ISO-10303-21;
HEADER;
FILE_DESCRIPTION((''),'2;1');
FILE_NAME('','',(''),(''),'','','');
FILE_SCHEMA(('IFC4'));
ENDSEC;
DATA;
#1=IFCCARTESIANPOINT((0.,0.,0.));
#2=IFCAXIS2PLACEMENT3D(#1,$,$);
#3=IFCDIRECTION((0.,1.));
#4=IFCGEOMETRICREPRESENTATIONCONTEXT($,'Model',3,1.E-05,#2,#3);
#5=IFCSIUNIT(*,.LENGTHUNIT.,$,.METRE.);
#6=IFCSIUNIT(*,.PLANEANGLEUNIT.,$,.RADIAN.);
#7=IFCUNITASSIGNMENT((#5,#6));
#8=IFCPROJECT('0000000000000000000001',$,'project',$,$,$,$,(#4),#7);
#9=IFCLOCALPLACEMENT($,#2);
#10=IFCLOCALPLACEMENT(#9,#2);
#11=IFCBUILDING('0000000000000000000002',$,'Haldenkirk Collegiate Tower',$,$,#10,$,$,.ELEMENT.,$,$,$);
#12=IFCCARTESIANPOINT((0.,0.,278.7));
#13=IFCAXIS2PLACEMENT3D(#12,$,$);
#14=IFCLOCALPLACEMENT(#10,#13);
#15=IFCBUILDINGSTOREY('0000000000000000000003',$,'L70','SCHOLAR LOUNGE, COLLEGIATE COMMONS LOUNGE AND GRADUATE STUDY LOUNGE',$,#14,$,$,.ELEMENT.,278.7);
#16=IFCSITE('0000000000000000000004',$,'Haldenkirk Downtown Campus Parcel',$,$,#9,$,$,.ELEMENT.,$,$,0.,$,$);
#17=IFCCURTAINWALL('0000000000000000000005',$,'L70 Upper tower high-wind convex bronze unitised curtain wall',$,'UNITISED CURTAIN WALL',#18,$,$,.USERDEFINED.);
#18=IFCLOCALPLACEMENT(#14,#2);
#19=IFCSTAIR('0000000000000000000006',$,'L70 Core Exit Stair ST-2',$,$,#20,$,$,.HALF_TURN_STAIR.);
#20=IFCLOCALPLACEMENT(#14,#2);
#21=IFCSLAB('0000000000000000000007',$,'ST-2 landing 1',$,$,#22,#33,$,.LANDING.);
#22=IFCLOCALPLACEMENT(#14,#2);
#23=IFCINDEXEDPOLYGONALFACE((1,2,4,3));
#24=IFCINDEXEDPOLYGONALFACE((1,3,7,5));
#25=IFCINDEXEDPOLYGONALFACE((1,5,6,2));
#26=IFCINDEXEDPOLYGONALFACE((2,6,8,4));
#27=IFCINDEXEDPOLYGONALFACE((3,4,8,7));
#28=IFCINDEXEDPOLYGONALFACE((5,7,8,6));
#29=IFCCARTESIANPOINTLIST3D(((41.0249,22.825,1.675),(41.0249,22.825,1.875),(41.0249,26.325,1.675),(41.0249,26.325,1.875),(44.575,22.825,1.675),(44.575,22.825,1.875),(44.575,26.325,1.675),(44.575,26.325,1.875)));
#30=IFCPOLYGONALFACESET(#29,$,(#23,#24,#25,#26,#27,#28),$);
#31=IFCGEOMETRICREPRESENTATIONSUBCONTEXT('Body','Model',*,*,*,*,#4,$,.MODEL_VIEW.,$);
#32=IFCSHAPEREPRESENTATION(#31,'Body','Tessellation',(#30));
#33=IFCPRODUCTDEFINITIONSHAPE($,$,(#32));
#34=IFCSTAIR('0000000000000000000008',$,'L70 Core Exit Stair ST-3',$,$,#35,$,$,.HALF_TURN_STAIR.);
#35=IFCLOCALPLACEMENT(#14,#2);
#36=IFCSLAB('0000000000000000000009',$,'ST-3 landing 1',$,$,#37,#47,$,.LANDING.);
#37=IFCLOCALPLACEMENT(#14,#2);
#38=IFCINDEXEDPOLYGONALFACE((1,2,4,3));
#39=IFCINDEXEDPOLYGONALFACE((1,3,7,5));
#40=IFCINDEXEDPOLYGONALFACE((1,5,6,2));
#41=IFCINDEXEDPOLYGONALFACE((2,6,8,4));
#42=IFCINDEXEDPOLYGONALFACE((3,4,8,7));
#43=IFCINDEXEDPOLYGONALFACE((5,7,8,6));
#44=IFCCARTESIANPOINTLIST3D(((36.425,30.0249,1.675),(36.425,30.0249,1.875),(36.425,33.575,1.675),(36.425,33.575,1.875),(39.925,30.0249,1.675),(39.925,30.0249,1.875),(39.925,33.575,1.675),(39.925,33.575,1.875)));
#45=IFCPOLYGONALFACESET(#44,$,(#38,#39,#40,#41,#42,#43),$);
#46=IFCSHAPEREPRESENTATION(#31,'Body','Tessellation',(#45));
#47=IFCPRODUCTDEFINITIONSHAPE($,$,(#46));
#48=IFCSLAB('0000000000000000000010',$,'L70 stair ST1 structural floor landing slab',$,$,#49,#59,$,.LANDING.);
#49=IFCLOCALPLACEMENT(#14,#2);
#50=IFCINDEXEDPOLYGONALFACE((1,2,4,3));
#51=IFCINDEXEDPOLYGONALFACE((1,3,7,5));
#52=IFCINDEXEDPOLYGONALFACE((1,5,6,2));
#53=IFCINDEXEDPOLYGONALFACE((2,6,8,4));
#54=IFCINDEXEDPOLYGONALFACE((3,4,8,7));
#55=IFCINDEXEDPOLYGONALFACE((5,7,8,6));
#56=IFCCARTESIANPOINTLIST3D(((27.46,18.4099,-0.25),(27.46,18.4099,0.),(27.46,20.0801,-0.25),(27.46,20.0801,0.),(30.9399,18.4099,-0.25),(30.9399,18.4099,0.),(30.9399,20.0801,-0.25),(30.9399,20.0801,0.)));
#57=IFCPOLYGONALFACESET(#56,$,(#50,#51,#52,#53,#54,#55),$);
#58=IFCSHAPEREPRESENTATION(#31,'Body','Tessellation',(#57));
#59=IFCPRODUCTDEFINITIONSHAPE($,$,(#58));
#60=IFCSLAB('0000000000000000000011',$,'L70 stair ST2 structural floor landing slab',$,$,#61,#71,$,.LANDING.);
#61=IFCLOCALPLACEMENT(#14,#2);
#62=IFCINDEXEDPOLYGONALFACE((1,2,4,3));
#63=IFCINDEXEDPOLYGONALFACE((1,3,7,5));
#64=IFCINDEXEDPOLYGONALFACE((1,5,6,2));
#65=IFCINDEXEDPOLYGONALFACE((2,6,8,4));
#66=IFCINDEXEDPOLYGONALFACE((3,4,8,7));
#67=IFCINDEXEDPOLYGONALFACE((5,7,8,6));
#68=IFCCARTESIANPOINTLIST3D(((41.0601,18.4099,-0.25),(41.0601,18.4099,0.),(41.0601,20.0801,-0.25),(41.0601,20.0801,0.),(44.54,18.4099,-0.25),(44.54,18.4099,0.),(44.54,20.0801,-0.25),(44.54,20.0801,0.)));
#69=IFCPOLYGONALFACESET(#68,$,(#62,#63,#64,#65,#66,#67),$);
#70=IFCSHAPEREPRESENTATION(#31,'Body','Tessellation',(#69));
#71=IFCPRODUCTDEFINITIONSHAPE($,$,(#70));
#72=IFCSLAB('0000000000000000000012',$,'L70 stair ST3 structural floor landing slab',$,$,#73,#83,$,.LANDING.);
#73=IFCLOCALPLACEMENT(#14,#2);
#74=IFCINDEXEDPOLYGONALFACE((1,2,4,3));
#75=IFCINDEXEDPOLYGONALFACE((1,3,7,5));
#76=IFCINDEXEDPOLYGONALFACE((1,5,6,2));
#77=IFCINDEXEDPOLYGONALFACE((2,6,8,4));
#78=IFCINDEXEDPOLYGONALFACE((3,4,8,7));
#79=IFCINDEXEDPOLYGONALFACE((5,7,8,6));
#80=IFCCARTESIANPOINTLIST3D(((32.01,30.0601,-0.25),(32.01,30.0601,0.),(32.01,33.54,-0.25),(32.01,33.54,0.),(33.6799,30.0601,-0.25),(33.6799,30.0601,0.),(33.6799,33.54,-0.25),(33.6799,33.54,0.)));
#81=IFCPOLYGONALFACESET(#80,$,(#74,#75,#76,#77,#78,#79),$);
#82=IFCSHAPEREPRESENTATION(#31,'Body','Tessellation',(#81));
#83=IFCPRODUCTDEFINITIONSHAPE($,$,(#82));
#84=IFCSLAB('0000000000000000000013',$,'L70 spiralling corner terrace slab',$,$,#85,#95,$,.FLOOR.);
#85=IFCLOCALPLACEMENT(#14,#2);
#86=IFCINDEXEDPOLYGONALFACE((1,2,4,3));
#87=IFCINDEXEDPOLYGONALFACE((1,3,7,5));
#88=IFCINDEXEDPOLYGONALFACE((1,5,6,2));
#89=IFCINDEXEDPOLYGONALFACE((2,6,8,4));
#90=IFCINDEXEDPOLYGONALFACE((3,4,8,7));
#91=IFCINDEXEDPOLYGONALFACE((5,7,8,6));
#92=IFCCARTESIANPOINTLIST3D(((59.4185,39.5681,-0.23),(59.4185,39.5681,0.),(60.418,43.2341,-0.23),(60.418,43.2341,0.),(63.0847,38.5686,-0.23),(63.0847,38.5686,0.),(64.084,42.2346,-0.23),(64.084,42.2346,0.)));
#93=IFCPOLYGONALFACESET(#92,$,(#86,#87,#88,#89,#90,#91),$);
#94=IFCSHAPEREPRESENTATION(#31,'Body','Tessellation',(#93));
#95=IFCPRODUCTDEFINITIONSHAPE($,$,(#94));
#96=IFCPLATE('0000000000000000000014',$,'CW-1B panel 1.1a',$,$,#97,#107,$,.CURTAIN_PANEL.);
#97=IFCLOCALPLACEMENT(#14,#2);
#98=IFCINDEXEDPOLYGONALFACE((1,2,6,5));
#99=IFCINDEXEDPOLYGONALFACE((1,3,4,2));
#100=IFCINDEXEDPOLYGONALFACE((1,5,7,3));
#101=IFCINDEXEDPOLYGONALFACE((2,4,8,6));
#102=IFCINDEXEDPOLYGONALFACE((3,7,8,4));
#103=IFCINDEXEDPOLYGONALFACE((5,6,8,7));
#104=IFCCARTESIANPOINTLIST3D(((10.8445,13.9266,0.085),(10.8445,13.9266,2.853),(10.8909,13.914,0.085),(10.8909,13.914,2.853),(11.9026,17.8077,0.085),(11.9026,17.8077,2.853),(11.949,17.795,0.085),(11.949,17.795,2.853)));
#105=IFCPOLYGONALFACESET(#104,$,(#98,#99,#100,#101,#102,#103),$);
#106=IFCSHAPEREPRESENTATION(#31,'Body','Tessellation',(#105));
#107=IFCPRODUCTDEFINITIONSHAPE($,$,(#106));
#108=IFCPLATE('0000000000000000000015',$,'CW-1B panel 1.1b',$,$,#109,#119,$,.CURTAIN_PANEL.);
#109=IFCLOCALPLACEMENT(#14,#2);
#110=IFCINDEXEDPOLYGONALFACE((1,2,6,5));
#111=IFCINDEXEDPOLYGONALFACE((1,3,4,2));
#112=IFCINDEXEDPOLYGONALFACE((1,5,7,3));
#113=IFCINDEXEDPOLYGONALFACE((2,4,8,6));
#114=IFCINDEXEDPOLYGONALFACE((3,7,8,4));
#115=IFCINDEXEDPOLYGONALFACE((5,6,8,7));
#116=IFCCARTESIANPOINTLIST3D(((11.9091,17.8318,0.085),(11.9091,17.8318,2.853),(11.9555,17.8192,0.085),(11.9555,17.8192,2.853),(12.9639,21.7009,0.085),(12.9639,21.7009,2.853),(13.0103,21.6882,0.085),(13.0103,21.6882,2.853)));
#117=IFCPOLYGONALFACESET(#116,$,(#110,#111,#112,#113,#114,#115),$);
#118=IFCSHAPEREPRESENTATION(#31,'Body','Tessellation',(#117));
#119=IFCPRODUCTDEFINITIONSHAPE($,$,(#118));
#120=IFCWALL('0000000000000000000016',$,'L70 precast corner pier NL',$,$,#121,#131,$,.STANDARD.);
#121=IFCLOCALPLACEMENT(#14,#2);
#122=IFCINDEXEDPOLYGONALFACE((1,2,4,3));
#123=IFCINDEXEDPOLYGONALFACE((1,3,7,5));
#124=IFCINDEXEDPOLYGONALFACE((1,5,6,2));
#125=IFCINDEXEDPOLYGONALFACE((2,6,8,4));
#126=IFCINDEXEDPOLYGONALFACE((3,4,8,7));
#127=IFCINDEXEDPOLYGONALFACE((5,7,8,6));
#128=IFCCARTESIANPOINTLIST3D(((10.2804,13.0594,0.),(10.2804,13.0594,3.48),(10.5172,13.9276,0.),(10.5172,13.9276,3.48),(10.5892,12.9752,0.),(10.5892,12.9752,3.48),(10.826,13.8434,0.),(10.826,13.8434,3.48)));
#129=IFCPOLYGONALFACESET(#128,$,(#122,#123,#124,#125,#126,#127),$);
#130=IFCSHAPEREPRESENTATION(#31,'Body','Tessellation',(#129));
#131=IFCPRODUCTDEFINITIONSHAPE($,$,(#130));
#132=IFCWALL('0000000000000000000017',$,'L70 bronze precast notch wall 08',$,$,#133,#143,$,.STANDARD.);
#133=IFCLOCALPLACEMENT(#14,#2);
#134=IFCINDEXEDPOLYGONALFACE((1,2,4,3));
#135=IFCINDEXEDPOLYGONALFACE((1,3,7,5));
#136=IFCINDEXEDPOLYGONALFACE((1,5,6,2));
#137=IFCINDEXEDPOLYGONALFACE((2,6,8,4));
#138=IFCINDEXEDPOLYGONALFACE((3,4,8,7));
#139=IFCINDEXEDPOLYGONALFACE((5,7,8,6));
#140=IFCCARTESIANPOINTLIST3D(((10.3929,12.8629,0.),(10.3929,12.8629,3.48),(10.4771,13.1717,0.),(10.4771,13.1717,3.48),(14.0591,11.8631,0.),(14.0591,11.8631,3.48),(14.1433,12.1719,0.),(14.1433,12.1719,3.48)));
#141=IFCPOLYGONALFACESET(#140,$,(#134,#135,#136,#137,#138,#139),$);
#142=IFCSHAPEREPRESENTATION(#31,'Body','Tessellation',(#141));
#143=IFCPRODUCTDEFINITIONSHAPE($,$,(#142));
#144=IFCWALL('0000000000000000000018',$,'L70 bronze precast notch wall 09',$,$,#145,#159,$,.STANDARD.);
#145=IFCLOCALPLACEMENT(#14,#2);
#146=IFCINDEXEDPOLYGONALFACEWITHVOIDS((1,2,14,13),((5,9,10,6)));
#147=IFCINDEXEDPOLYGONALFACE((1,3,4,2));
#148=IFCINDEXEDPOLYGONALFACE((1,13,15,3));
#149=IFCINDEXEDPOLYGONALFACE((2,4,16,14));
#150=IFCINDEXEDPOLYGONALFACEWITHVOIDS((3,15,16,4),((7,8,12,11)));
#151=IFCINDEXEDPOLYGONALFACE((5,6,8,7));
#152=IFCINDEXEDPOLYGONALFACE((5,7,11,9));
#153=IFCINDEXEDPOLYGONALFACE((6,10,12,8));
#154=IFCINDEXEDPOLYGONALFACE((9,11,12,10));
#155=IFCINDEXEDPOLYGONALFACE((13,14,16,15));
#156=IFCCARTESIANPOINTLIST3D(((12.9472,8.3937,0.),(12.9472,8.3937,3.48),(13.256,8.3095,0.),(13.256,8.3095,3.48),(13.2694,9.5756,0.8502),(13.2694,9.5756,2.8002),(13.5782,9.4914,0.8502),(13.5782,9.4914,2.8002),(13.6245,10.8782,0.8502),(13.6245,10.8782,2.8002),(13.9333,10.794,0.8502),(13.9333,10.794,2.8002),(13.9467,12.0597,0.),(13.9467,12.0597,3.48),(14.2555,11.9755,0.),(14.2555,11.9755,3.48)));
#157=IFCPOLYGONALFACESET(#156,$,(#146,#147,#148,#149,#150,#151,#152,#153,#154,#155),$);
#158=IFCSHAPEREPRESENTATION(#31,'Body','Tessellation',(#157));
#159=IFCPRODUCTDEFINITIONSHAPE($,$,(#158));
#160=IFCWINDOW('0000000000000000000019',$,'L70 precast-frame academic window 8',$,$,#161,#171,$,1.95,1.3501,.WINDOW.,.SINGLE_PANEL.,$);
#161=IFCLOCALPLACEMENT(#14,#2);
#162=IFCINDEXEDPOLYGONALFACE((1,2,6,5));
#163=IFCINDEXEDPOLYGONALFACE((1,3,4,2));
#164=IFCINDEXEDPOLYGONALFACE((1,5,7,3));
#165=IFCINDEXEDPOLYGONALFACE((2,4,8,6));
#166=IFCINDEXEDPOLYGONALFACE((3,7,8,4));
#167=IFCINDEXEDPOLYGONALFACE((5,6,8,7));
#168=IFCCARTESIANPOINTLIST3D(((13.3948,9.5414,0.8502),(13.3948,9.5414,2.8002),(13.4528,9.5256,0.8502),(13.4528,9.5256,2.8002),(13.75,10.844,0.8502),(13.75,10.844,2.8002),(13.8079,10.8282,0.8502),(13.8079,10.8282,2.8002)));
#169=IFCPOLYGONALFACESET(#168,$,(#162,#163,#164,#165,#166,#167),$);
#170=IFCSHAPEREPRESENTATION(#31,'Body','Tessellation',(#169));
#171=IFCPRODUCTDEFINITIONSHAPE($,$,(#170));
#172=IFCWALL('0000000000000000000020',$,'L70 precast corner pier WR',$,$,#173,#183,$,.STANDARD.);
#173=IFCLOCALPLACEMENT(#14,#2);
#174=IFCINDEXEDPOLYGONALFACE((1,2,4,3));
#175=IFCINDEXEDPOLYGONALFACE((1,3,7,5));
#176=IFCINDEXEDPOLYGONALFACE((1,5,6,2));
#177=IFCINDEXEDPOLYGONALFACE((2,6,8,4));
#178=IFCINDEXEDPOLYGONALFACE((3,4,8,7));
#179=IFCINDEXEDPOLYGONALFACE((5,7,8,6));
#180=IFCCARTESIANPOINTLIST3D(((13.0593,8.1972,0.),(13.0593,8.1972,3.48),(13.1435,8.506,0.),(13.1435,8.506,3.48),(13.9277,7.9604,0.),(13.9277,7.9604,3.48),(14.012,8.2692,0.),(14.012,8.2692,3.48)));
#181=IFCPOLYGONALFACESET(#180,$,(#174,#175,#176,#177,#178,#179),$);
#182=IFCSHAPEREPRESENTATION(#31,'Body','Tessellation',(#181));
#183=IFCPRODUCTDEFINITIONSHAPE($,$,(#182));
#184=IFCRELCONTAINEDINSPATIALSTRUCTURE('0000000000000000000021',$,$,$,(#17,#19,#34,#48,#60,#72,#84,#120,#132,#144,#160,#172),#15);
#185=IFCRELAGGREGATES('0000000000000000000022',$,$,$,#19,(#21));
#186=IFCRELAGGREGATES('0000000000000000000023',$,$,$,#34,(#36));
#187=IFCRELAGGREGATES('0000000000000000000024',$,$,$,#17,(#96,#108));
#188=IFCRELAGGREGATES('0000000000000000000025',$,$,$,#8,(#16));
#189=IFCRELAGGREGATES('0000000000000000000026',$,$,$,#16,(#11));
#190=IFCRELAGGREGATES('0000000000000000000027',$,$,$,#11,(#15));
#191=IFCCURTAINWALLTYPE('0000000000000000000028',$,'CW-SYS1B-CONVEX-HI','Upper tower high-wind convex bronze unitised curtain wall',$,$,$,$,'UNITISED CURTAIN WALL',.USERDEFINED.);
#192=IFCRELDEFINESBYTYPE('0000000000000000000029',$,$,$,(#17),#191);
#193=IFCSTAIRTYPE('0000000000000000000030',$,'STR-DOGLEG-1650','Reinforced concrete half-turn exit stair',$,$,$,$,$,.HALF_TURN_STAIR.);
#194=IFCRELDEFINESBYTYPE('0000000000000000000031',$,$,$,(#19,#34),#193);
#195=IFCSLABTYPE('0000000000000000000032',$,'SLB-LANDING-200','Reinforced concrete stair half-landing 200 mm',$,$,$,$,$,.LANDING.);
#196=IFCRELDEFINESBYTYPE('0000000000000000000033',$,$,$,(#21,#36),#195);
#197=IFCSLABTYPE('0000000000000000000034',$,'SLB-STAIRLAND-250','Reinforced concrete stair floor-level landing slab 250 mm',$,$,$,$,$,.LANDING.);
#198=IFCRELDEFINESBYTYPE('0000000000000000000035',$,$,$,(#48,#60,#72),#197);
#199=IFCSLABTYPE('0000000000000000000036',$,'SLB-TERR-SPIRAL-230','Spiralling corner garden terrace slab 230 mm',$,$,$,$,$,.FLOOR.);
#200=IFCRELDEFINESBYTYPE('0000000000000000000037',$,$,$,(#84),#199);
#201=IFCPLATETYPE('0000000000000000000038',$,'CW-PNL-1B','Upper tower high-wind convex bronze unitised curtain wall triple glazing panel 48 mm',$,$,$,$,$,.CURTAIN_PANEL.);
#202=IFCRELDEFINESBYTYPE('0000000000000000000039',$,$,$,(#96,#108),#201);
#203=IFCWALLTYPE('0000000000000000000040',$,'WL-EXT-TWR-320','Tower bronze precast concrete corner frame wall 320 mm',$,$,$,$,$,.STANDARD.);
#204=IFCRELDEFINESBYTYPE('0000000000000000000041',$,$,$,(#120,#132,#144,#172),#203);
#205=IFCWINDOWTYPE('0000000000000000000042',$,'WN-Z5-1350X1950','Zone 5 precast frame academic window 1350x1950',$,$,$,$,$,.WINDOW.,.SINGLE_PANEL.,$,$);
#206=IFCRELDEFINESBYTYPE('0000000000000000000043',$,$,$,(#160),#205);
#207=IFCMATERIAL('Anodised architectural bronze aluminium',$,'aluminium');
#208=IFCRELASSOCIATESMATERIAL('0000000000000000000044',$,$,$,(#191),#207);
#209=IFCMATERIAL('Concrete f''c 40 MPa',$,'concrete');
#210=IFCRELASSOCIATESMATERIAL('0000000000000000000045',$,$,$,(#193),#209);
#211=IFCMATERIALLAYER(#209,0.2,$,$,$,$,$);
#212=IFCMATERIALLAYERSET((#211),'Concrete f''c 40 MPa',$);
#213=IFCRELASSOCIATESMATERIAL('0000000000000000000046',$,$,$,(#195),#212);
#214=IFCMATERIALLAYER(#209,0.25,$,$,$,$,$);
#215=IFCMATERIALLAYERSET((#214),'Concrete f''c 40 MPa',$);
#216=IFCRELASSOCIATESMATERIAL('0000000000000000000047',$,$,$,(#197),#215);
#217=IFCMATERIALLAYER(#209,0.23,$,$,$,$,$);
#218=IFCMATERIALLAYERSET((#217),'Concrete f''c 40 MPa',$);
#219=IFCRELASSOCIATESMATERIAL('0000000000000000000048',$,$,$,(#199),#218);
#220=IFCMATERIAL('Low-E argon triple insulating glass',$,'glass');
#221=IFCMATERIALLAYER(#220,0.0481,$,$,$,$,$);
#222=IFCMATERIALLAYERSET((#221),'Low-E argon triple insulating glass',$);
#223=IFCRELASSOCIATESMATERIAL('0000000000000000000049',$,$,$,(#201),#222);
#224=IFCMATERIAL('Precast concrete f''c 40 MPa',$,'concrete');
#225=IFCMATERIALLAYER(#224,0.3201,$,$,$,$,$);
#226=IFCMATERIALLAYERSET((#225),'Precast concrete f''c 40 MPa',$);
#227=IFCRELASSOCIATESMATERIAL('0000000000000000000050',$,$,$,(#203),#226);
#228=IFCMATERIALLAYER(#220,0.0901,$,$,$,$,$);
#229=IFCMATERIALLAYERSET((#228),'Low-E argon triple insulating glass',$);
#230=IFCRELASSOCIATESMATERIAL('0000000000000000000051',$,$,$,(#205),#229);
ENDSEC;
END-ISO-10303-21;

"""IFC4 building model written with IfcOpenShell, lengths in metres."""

from ifc_helpers import new_model, si_unit, direction, frame, frame_2d, origin, origin_2d, place, context, subcontext, project, spatial, polyline, rectangle, outline, extrude, source, transform, mapped, material, layer, layer_set, type_object, element, fill, aggregate, save


model = new_model("IFC4")

# Units and contexts
model_context = context("Model", 3, precision=1e-05, world=origin(), true_north=direction((0.0, 1.0)))
body_context = subcontext(model_context, "Body", "Model", "MODEL_VIEW")
ifc_project = project(units=[si_unit("LENGTHUNIT", "METRE"), si_unit("PLANEANGLEUNIT", "RADIAN")], contexts=[model_context])

# Site, building, storey
site_placement = place(None, origin())
site = spatial("IfcSite", under=ifc_project, at=site_placement, Name="Haldenkirk Downtown Campus Parcel", CompositionType="ELEMENT", RefElevation=0.0)
building_placement = place(site_placement, origin())
building = spatial("IfcBuilding", under=site, at=building_placement, Name="Haldenkirk Collegiate Tower", CompositionType="ELEMENT")
storey_placement = place(building_placement, frame((0.0, 0.0, 278.7)))
storey = spatial("IfcBuildingStorey", under=building, at=storey_placement, Name="L70", Description="SCHOLAR LOUNGE, COLLEGIATE COMMONS LOUNGE AND GRADUATE STUDY LOUNGE", CompositionType="ELEMENT", Elevation=278.7)

# Curtain wall
ifc_material_1 = material(Name="Anodised architectural bronze aluminium", Category="aluminium")
curtain_wall_type = type_object("IfcCurtainWallType", Name="CW-SYS1B-CONVEX-HI", Description="Upper tower high-wind convex bronze unitised curtain wall", ElementType="UNITISED CURTAIN WALL", PredefinedType="USERDEFINED", material=ifc_material_1)
curtain_wall_1_placement = place(storey_placement, origin())
curtain_wall_1 = element("IfcCurtainWall", 1, at=curtain_wall_1_placement, inside=storey, type_object=curtain_wall_type, Name="L70 Upper tower high-wind convex bronze unitised curtain wall", ObjectType="UNITISED CURTAIN WALL", PredefinedType="USERDEFINED")

# Shared definitions
ifc_material_2 = material(Name="Concrete f'c 40 MPa", Category="concrete")

# Stairs, slabs
stair_type = type_object("IfcStairType", Name="STR-DOGLEG-1650", Description="Reinforced concrete half-turn exit stair", PredefinedType="HALF_TURN_STAIR", material=ifc_material_2)
ifc_layer_1 = layer(ifc_material_2, 0.2)
ifc_layer_set_1 = layer_set([ifc_layer_1], Name="Concrete f'c 40 MPa")
slab_type_1 = type_object("IfcSlabType", Name="SLB-LANDING-200", Description="Reinforced concrete stair half-landing 200 mm", PredefinedType="LANDING", material=ifc_layer_set_1)
stair_1_placement = place(storey_placement, origin())
stair_1 = element("IfcStair", 2, at=stair_1_placement, inside=storey, type_object=stair_type, Name="L70 Core Exit Stair ST-2", PredefinedType="HALF_TURN_STAIR")
slab_1_placement = place(storey_placement, frame((0.0, 0.0, 1.675)))
slab_1 = element("IfcSlab", 3, at=slab_1_placement, type_object=slab_type_1, Name="ST-2 landing 1", PredefinedType="LANDING", context=body_context, shape_type="SweptSolid", body=[
    extrude(outline(polyline([(44.575, 22.825), (41.0249, 22.825), (41.0249, 26.325), (44.575, 26.325), (44.575, 22.825)])), origin(), (0.0, 0.0, 1.0), 0.2),
])
aggregate(stair_1, [slab_1])
stair_2_placement = place(storey_placement, origin())
stair_2 = element("IfcStair", 4, at=stair_2_placement, inside=storey, type_object=stair_type, Name="L70 Core Exit Stair ST-3", PredefinedType="HALF_TURN_STAIR")
slab_2_placement = place(storey_placement, frame((0.0, 0.0, 1.675)))
slab_2 = element("IfcSlab", 5, at=slab_2_placement, type_object=slab_type_1, Name="ST-3 landing 1", PredefinedType="LANDING", context=body_context, shape_type="SweptSolid", body=[
    extrude(outline(polyline([(36.425, 30.0249), (36.425, 33.575), (39.925, 33.575), (39.925, 30.0249), (36.425, 30.0249)])), origin(), (0.0, 0.0, 1.0), 0.2),
])
aggregate(stair_2, [slab_2])

# Slabs
ifc_layer_2 = layer(ifc_material_2, 0.25)
ifc_layer_set_2 = layer_set([ifc_layer_2], Name="Concrete f'c 40 MPa")
slab_type_2 = type_object("IfcSlabType", Name="SLB-STAIRLAND-250", Description="Reinforced concrete stair floor-level landing slab 250 mm", PredefinedType="LANDING", material=ifc_layer_set_2)
slab_3_placement = place(storey_placement, frame((0.0, 0.0, -0.25)))
element("IfcSlab", 6, at=slab_3_placement, inside=storey, type_object=slab_type_2, Name="L70 stair ST1 structural floor landing slab", PredefinedType="LANDING", context=body_context, shape_type="SweptSolid", body=[
    extrude(outline(polyline([(27.46, 18.4099), (30.9399, 18.4099), (30.9399, 20.0801), (27.46, 20.0801), (27.46, 18.4099)])), origin(), (0.0, 0.0, 1.0), 0.25),
])
slab_4_placement = place(storey_placement, frame((0.0, 0.0, -0.25)))
element("IfcSlab", 7, at=slab_4_placement, inside=storey, type_object=slab_type_2, Name="L70 stair ST2 structural floor landing slab", PredefinedType="LANDING", context=body_context, shape_type="SweptSolid", body=[
    extrude(outline(polyline([(41.0601, 18.4099), (44.54, 18.4099), (44.54, 20.0801), (41.0601, 20.0801), (41.0601, 18.4099)])), origin(), (0.0, 0.0, 1.0), 0.25),
])
slab_5_placement = place(storey_placement, frame((0.0, 0.0, -0.25)))
element("IfcSlab", 8, at=slab_5_placement, inside=storey, type_object=slab_type_2, Name="L70 stair ST3 structural floor landing slab", PredefinedType="LANDING", context=body_context, shape_type="SweptSolid", body=[
    extrude(outline(polyline([(32.01, 30.0601), (33.6799, 30.0601), (33.6799, 33.54), (32.01, 33.54), (32.01, 30.0601)])), origin(), (0.0, 0.0, 1.0), 0.25),
])
ifc_layer_3 = layer(ifc_material_2, 0.23)
ifc_layer_set_3 = layer_set([ifc_layer_3], Name="Concrete f'c 40 MPa")
slab_type_3 = type_object("IfcSlabType", Name="SLB-TERR-SPIRAL-230", Description="Spiralling corner garden terrace slab 230 mm", PredefinedType="FLOOR", material=ifc_layer_set_3)
slab_6_placement = place(storey_placement, frame((0.0, 0.0, -0.23)))
element("IfcSlab", 9, at=slab_6_placement, inside=storey, type_object=slab_type_3, Name="L70 spiralling corner terrace slab", PredefinedType="FLOOR", context=body_context, shape_type="SweptSolid", body=[
    extrude(outline(polyline([(63.0847, 38.5686), (64.084, 42.2346), (60.418, 43.2341), (59.4185, 39.5681), (63.0847, 38.5686)])), origin(), (0.0, 0.0, 1.0), 0.23),
])

# Plates
ifc_material_3 = material(Name="Low-E argon triple insulating glass", Category="glass")
ifc_layer_4 = layer(ifc_material_3, 0.0481)
ifc_layer_set_4 = layer_set([ifc_layer_4], Name="Low-E argon triple insulating glass")
plate_type = type_object("IfcPlateType", Name="CW-PNL-1B", Description="Upper tower high-wind convex bronze unitised curtain wall triple glazing panel 48 mm", PredefinedType="CURTAIN_PANEL", material=ifc_layer_set_4)
shared_shape_1 = source(origin(), body_context, "Body", "SweptSolid", [
    extrude(rectangle(XDim=4.0227, YDim=0.0481, at=origin_2d()), origin(), (0.0, 0.0, 1.0), 2.7681),
])
plate_1_placement = place(storey_placement, frame((11.3967, 15.8608, 0.085), z_axis=(0.0, 0.0, 1.0), x_axis=(0.263033, 0.964787, 0.0)))
plate_1 = element("IfcPlate", 10, at=plate_1_placement, type_object=plate_type, Name="CW-1B panel 1.1a", PredefinedType="CURTAIN_PANEL", context=body_context, shape_type="MappedRepresentation", body=[
    mapped(shared_shape_1, transform((0.0, 0.0, 0.0), x_axis=(1.0, 0.0, 0.0), y_axis=(0.0, 1.0, 0.0), z_axis=(0.0, 0.0, 1.0), scale=1.0)),
])
shared_shape_2 = source(origin(), body_context, "Body", "SweptSolid", [
    extrude(rectangle(XDim=4.0103, YDim=0.0481, at=origin_2d()), origin(), (0.0, 0.0, 1.0), 2.7681),
])
plate_2_placement = place(storey_placement, frame((12.4597, 19.76, 0.085), z_axis=(0.0, 0.0, 1.0), x_axis=(0.263033, 0.964787, 0.0)))
plate_2 = element("IfcPlate", 11, at=plate_2_placement, type_object=plate_type, Name="CW-1B panel 1.1b", PredefinedType="CURTAIN_PANEL", context=body_context, shape_type="MappedRepresentation", body=[
    mapped(shared_shape_2, transform((0.0, 0.0, 0.0), x_axis=(1.0, 0.0, 0.0), y_axis=(0.0, 1.0, 0.0), z_axis=(0.0, 0.0, 1.0), scale=1.0)),
])
aggregate(curtain_wall_1, [plate_1, plate_2])

# Walls
ifc_material_4 = material(Name="Precast concrete f'c 40 MPa", Category="concrete")
ifc_layer_5 = layer(ifc_material_4, 0.3201)
ifc_layer_set_5 = layer_set([ifc_layer_5], Name="Precast concrete f'c 40 MPa")
wall_type_1 = type_object("IfcWallType", Name="WL-EXT-TWR-320", Description="Tower bronze precast concrete corner frame wall 320 mm", PredefinedType="STANDARD", material=ifc_layer_set_5)
wall_1_placement = place(storey_placement, frame((10.4348, 13.0173, 0.0), z_axis=(0.0, 0.0, 1.0), x_axis=(0.263163, 0.964751, 0.0)))
element("IfcWall", 12, at=wall_1_placement, inside=storey, type_object=wall_type_1, Name="L70 precast corner pier NL", PredefinedType="STANDARD", context=body_context, shape_type="SweptSolid", body=[
    extrude(rectangle(XDim=0.8999, YDim=0.3201, at=frame_2d((0.45, 0.0))), origin(), (0.0, 0.0, 1.0), 3.48),
])
wall_2_placement = place(storey_placement, frame((14.1011, 12.0176, 0.0), z_axis=(0.0, 0.0, 1.0), x_axis=(-0.964773, 0.263085, 0.0)))
element("IfcWall", 13, at=wall_2_placement, inside=storey, type_object=wall_type_1, Name="L70 bronze precast notch wall 08", PredefinedType="STANDARD", context=body_context, shape_type="SweptSolid", body=[
    extrude(rectangle(XDim=3.8, YDim=0.3201, at=frame_2d((1.8999, 0.0))), origin(), (0.0, 0.0, 1.0), 3.48),
])

# Wall, opening, window
wall_3_placement = place(storey_placement, frame((13.1016, 8.3516, 0.0), z_axis=(0.0, 0.0, 1.0), x_axis=(0.263041, 0.964785, 0.0)))
wall_3 = element("IfcWall", 14, at=wall_3_placement, inside=storey, type_object=wall_type_1, Name="L70 bronze precast notch wall 09", PredefinedType="STANDARD", context=body_context, shape_type="SweptSolid", body=[
    extrude(rectangle(XDim=3.7998, YDim=0.3201, at=frame_2d((1.8999, 0.0))), origin(), (0.0, 0.0, 1.0), 3.48),
])
opening_1_placement = place(wall_3_placement, frame((1.2251, 0.0, 0.8501)))
opening_1 = element("IfcOpeningElement", 15, at=opening_1_placement, cuts=wall_3, PredefinedType="OPENING", context=body_context, shape_type="SweptSolid", body=[
    extrude(rectangle(XDim=1.3501, YDim=1.95, at=frame_2d((0.675, 0.9751))), frame((0.0, 0.1699, 0.0), z_axis=(0.0, -1.0, 0.0), x_axis=(1.0, 0.0, 0.0)), (0.0, 0.0, 1.0), 0.3401),
])
ifc_layer_6 = layer(ifc_material_3, 0.0901)
ifc_layer_set_6 = layer_set([ifc_layer_6], Name="Low-E argon triple insulating glass")
window_type = type_object("IfcWindowType", Name="WN-Z5-1350X1950", Description="Zone 5 precast frame academic window 1350x1950", PartitioningType="SINGLE_PANEL", PredefinedType="WINDOW", material=ifc_layer_set_6)
window_placement = place(opening_1_placement, origin())
window = element("IfcWindow", 16, at=window_placement, inside=storey, type_object=window_type, Name="L70 precast-frame academic window 8", OverallHeight=1.95, OverallWidth=1.3501, PartitioningType="SINGLE_PANEL", PredefinedType="WINDOW", context=body_context, shape_type="SweptSolid", body=[
    extrude(rectangle(XDim=1.3501, YDim=1.95, at=frame_2d((0.675, 0.9751))), frame((0.0, 0.03, 0.0), z_axis=(0.0, -1.0, 0.0), x_axis=(1.0, 0.0, 0.0)), (0.0, 0.0, 1.0), 0.0601),
])
fill(opening_1, window)

# Wall
wall_4_placement = place(storey_placement, frame((13.97, 8.1147, 0.0), z_axis=(0.0, 0.0, 1.0), x_axis=(-0.96477, 0.263094, 0.0)))
element("IfcWall", 17, at=wall_4_placement, inside=storey, type_object=wall_type_1, Name="L70 precast corner pier WR", PredefinedType="STANDARD", context=body_context, shape_type="SweptSolid", body=[
    extrude(rectangle(XDim=0.9001, YDim=0.3201, at=frame_2d((0.4502, 0.0))), origin(), (0.0, 0.0, 1.0), 3.48),
])

save(model, "model.ifc")
